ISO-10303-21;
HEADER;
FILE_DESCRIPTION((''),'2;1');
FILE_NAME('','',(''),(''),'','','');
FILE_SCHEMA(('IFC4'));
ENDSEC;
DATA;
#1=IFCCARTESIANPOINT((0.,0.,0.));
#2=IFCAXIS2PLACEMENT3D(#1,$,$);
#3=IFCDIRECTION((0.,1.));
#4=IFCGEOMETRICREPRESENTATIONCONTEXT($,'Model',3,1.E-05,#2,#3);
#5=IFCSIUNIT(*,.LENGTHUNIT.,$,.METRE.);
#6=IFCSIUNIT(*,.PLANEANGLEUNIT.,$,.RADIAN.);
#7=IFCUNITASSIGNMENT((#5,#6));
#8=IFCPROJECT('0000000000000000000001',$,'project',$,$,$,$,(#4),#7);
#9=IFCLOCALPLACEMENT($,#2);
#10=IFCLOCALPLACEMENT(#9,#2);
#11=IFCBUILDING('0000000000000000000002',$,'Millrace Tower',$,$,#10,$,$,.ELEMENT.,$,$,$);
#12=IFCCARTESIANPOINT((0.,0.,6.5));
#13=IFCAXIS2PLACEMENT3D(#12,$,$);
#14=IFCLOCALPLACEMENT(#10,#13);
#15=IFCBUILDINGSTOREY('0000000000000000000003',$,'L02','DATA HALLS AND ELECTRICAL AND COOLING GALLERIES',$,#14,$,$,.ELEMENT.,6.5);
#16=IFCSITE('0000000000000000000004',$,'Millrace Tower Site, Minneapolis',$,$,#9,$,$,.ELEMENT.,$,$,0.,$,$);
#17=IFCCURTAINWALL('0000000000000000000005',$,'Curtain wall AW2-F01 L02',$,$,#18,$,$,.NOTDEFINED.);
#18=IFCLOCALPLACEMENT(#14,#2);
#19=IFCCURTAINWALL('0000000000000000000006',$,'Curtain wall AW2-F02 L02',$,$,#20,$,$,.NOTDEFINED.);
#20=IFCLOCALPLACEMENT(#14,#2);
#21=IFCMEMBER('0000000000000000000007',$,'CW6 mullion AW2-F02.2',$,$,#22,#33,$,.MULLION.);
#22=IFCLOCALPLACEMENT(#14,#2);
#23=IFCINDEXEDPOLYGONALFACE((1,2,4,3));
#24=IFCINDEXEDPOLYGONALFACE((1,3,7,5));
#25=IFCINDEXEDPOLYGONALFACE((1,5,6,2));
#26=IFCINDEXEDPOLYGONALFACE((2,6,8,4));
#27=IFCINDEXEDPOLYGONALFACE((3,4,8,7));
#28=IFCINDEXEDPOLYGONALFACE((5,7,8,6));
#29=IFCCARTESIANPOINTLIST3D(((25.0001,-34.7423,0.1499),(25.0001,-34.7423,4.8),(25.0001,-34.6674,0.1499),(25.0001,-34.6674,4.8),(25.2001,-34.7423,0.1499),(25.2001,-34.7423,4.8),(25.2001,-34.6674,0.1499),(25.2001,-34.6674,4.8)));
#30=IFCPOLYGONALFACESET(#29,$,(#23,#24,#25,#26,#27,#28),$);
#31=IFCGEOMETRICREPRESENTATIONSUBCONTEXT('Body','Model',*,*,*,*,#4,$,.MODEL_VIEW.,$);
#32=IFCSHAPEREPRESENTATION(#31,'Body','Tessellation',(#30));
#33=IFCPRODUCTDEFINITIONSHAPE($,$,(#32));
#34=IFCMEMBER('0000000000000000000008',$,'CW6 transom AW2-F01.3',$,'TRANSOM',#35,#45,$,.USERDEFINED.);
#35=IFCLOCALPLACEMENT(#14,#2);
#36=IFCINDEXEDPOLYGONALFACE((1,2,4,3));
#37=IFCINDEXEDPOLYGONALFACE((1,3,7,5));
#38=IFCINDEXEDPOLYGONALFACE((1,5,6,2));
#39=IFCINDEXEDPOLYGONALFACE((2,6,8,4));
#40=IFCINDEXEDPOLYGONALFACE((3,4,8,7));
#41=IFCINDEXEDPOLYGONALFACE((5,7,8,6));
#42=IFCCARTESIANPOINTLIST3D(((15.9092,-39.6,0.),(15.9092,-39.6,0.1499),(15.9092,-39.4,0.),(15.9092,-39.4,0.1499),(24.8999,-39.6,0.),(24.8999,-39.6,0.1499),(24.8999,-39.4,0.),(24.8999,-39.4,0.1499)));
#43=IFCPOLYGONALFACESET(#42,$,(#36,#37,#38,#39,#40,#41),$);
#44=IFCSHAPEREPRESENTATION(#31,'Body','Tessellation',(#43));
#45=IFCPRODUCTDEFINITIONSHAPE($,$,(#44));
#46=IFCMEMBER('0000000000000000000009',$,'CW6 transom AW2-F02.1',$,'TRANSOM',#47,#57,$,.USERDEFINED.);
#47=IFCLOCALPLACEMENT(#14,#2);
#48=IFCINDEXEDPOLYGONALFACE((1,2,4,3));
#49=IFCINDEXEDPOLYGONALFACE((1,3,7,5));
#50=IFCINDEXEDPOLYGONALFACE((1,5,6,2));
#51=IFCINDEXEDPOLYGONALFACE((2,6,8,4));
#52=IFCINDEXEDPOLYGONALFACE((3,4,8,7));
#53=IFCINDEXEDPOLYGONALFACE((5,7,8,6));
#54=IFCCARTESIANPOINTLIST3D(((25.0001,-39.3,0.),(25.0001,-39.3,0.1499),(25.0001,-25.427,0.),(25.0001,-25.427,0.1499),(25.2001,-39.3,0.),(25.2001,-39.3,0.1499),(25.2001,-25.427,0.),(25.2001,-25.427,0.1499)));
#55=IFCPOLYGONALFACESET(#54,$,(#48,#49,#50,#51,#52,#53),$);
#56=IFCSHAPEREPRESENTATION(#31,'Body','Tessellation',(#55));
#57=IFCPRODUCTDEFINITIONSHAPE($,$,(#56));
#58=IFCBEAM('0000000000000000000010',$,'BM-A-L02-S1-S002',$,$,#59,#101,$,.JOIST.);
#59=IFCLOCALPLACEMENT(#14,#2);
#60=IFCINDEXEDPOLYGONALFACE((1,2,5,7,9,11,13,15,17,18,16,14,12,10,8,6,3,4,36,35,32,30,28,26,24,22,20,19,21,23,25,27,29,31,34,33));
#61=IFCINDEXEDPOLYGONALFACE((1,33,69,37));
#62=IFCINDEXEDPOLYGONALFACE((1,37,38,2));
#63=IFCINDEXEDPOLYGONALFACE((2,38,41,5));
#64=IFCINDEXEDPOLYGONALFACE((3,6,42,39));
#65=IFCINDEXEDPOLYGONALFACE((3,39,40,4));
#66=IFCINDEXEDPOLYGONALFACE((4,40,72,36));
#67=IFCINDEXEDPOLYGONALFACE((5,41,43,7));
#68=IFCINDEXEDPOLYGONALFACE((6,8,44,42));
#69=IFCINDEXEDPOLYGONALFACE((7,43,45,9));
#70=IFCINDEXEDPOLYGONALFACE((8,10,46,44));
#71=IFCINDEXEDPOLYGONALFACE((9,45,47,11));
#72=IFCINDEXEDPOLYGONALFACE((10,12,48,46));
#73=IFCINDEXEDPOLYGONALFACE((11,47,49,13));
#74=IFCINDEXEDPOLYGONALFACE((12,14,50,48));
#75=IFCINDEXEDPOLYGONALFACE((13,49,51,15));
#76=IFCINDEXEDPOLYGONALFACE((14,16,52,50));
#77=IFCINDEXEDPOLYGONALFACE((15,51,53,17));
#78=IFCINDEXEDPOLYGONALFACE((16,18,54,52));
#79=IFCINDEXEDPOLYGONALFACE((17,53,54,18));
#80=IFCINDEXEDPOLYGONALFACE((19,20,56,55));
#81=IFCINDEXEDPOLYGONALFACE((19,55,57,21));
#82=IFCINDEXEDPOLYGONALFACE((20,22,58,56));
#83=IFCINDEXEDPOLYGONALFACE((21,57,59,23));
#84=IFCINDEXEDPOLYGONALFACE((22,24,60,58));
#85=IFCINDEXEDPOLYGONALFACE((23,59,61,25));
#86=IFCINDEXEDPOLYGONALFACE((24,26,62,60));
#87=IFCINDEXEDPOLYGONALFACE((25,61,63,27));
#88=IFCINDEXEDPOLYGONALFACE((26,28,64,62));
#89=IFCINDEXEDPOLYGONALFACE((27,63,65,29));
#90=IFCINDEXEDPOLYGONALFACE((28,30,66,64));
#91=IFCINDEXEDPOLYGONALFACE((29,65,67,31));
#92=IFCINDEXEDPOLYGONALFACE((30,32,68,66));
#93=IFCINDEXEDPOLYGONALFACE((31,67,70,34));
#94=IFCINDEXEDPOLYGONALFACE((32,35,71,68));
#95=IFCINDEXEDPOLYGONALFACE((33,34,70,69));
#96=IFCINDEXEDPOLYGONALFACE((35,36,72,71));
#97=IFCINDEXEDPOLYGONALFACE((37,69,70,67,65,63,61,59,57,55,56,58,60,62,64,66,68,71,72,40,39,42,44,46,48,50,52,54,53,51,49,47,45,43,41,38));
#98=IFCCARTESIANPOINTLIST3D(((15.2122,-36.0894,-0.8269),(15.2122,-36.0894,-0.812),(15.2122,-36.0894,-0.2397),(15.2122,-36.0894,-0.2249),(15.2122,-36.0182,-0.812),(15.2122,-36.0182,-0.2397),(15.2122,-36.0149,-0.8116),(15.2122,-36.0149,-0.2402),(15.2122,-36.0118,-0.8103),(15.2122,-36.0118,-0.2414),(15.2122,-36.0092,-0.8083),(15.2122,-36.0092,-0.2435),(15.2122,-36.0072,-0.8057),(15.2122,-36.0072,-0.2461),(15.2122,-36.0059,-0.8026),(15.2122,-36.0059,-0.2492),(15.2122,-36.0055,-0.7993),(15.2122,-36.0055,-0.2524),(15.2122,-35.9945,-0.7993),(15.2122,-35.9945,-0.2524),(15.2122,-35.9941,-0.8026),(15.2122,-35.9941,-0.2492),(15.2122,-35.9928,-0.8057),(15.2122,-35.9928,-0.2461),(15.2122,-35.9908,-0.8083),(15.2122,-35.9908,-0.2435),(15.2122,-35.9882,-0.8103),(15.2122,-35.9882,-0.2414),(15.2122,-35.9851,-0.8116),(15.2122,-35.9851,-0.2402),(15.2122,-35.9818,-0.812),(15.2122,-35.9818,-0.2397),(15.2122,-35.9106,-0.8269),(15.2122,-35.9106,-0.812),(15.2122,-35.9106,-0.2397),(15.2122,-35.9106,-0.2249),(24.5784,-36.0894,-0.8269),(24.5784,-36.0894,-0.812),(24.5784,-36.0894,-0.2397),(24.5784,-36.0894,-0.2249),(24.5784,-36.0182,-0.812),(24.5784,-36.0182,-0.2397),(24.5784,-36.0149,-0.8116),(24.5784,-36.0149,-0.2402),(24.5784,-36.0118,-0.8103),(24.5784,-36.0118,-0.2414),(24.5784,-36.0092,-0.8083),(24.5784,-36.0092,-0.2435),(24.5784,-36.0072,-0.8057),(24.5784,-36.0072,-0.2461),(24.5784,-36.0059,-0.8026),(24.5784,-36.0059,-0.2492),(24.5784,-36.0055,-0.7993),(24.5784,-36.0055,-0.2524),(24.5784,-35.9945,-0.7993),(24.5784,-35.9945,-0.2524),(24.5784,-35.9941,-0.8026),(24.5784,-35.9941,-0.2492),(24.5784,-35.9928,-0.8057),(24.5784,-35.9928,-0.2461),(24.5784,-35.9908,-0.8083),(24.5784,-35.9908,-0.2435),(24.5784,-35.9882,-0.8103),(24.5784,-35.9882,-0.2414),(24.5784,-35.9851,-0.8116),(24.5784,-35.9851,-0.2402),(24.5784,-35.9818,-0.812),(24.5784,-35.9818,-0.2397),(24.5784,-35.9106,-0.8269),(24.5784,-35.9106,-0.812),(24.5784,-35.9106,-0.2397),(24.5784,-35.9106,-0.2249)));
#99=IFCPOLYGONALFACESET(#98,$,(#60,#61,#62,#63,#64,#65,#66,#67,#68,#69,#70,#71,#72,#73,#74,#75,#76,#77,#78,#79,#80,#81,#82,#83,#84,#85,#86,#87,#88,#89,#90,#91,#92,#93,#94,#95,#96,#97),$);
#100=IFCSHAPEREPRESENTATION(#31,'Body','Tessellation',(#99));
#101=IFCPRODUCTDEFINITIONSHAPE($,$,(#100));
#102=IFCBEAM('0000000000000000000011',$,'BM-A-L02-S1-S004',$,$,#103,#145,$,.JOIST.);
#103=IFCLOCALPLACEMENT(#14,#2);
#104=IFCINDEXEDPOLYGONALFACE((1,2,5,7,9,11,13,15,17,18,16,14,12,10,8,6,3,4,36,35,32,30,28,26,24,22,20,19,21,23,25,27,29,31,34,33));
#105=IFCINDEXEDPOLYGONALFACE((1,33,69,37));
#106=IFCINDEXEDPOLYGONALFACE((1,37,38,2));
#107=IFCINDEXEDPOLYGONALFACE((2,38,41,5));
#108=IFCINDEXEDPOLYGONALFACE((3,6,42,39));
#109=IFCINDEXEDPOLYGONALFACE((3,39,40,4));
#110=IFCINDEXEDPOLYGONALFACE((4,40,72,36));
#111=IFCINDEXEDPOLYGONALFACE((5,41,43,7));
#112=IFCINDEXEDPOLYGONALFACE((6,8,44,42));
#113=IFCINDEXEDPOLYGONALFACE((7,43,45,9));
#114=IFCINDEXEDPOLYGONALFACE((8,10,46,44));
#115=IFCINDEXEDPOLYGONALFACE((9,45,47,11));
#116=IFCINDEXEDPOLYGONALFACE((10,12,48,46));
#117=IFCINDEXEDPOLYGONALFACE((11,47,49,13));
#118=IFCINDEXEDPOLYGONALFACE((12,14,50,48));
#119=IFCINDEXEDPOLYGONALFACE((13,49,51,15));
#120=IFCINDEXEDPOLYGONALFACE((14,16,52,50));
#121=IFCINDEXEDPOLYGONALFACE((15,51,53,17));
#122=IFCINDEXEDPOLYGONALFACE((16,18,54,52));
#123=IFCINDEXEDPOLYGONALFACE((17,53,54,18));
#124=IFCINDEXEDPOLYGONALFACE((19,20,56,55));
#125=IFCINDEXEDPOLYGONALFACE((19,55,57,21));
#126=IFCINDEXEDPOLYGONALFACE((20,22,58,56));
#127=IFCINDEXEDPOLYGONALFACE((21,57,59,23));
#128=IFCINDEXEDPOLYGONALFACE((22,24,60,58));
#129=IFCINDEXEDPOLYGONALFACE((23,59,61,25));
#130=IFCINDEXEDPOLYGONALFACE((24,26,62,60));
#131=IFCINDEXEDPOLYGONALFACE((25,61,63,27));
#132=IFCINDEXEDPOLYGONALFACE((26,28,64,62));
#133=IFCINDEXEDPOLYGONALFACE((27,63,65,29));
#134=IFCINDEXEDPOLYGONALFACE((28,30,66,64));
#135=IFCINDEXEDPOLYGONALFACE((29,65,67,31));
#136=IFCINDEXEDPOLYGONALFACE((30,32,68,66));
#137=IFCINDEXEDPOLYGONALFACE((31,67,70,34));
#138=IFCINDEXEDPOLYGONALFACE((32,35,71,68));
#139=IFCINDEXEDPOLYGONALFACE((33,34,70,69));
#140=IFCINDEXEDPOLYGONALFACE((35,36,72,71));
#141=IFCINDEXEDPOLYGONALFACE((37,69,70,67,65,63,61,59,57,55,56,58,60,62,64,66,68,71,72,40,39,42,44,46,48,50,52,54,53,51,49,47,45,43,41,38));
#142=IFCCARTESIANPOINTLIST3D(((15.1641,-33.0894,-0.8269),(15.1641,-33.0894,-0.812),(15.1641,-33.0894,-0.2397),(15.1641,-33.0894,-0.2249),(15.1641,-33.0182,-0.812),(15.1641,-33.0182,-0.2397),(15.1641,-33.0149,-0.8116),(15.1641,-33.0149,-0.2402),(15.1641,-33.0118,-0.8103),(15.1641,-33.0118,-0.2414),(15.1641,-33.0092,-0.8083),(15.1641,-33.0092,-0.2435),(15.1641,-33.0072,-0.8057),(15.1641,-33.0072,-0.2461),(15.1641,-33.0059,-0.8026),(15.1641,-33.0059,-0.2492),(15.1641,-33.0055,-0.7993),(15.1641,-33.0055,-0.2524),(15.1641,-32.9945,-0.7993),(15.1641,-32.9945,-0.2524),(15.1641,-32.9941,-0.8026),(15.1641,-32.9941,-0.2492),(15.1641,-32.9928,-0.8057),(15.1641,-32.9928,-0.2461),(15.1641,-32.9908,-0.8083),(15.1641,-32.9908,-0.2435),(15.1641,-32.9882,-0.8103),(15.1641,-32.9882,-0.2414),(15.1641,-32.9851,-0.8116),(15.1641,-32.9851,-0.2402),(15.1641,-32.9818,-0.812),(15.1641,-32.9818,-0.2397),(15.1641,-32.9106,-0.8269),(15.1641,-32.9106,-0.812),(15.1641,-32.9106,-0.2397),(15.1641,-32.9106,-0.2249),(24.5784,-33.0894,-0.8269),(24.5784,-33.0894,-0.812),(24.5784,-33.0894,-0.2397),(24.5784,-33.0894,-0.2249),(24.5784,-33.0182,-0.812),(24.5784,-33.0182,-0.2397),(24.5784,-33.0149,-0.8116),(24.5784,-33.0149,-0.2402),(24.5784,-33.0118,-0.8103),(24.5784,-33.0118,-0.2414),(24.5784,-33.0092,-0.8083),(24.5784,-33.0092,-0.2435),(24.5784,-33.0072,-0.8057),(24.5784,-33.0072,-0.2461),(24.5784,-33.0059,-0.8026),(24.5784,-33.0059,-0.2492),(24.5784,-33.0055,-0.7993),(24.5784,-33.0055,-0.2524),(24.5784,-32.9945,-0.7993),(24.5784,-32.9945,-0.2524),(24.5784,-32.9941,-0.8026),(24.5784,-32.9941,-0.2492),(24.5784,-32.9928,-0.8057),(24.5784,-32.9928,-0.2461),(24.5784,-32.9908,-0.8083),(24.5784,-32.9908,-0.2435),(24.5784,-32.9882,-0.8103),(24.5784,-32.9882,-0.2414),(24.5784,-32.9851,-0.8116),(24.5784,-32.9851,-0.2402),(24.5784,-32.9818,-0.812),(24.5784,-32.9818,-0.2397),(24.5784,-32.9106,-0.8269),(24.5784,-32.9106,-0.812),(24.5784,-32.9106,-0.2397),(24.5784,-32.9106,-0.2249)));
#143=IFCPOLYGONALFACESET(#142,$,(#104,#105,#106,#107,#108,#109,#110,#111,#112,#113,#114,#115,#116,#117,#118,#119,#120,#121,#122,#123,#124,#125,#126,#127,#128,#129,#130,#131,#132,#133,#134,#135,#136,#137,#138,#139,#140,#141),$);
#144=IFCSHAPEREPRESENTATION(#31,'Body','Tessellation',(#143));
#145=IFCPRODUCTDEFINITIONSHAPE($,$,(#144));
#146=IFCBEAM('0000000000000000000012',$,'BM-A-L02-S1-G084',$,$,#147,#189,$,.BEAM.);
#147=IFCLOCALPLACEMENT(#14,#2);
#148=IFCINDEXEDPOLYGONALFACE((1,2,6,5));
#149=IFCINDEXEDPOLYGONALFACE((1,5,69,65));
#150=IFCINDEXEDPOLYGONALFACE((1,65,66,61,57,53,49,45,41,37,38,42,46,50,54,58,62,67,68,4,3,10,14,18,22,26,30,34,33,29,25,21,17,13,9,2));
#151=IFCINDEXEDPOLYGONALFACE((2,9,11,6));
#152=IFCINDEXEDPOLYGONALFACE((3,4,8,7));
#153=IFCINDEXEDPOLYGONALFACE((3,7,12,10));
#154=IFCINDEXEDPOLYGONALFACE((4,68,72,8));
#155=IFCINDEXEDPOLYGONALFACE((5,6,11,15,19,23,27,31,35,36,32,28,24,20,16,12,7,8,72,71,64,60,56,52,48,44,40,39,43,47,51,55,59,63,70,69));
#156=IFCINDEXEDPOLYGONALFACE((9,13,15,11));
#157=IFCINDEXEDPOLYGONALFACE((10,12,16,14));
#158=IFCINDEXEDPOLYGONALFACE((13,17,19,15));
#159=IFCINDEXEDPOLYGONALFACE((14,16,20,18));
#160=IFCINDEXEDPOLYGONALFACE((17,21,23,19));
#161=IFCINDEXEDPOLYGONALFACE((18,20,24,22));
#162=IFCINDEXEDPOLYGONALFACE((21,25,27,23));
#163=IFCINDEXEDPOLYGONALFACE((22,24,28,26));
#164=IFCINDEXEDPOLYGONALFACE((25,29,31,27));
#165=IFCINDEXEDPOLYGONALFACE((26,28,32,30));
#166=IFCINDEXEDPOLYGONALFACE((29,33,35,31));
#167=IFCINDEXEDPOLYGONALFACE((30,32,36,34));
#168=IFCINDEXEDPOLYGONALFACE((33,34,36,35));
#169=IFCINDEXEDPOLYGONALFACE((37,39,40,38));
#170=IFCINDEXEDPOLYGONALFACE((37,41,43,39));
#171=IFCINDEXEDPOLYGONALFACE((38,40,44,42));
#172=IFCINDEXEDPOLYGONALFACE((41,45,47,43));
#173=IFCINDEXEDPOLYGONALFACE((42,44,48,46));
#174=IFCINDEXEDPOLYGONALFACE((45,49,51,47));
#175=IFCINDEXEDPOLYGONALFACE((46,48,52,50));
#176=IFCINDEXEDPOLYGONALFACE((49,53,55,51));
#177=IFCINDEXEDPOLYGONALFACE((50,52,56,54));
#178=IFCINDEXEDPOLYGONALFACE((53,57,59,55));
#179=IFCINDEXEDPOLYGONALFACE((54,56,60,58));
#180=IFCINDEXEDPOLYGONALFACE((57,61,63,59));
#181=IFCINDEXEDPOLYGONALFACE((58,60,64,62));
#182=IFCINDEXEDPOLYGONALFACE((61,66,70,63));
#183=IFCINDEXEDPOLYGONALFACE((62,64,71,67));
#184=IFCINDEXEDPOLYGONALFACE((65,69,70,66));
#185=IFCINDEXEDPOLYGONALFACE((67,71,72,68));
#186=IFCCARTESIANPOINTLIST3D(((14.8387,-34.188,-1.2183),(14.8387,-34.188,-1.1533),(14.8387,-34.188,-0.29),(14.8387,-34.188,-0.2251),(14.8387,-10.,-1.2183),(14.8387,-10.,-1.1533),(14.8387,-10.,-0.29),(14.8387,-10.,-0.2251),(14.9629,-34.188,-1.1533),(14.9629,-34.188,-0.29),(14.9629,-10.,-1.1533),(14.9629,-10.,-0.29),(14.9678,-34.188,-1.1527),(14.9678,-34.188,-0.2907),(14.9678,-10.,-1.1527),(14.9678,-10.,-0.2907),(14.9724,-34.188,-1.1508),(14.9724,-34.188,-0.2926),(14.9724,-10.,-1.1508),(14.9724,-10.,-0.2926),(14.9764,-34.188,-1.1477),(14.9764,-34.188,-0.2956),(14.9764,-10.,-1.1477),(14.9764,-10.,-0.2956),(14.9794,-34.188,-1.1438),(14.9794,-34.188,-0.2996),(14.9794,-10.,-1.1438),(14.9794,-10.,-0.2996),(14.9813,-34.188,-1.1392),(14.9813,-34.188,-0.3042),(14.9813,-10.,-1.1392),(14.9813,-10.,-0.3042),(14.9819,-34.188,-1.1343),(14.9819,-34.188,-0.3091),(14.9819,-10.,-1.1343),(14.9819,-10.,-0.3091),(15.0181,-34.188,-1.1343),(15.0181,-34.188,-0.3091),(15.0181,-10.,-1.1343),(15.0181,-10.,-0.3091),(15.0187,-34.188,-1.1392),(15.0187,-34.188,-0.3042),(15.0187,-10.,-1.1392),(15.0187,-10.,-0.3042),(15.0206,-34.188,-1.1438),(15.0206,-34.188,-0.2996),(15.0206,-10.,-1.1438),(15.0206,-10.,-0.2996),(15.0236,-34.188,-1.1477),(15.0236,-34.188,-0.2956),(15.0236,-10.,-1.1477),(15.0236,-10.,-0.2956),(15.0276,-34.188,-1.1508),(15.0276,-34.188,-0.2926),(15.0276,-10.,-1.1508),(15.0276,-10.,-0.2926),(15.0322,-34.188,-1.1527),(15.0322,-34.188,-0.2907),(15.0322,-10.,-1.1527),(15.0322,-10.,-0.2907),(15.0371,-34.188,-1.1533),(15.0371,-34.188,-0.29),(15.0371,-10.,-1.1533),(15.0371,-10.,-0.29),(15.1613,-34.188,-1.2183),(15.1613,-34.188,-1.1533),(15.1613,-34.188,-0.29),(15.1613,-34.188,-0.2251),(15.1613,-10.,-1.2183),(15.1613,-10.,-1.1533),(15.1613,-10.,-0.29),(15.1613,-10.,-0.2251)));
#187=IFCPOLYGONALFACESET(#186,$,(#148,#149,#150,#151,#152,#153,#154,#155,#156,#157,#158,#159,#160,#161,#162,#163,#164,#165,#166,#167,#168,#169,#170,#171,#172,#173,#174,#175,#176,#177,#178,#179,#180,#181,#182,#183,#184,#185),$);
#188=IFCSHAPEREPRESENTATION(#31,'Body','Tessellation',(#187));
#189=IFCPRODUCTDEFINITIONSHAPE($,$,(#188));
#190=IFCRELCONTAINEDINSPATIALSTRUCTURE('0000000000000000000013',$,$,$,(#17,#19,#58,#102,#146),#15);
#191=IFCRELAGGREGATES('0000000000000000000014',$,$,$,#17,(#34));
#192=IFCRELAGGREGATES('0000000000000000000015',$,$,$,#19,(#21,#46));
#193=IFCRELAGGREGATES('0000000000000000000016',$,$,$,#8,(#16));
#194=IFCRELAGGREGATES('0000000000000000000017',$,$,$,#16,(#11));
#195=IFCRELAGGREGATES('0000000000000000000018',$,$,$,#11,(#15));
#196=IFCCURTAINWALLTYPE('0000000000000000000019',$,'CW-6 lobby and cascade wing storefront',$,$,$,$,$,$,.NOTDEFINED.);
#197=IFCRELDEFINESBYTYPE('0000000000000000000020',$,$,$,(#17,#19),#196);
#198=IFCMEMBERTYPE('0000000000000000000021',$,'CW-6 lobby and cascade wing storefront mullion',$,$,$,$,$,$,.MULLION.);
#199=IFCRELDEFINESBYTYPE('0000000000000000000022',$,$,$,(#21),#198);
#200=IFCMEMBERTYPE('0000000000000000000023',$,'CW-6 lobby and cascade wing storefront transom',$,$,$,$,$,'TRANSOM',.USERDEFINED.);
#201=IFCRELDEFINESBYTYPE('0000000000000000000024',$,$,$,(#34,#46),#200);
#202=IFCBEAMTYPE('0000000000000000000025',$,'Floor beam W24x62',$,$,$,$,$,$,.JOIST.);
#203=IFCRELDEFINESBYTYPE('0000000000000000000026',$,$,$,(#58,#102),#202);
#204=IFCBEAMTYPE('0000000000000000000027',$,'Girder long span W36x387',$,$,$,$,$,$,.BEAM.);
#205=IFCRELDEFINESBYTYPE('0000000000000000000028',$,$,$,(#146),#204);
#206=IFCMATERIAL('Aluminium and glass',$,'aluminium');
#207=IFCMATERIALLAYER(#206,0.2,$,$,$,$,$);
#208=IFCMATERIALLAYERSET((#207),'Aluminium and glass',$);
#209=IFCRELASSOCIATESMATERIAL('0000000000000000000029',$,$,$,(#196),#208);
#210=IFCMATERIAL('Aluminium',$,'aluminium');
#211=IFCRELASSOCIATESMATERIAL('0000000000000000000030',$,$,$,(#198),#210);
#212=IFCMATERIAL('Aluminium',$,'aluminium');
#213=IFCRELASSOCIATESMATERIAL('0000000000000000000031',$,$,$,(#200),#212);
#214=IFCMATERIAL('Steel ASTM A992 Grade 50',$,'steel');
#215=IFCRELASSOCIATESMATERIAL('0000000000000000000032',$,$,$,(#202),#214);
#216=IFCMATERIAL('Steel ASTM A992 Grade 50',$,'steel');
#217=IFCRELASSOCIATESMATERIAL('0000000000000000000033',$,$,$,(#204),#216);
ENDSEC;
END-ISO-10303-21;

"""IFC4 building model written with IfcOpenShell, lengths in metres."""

from ifc_helpers import new_model, si_unit, direction, frame, origin, origin_2d, place, context, subcontext, project, spatial, rectangle, i_section, extrude, material, layer, layer_set, material_profile, profile_set, type_object, element, aggregate, save


model = new_model("IFC4")

# Units and contexts
model_context = context("Model", 3, precision=1e-05, world=origin(), true_north=direction((0.0, 1.0)))
body_context = subcontext(model_context, "Body", "Model", "MODEL_VIEW")
ifc_project = project(units=[si_unit("LENGTHUNIT", "METRE"), si_unit("PLANEANGLEUNIT", "RADIAN")], contexts=[model_context])

# Site, building, storey
site_placement = place(None, origin())
site = spatial("IfcSite", under=ifc_project, at=site_placement, Name="Millrace Tower Site, Minneapolis", CompositionType="ELEMENT", RefElevation=0.0)
building_placement = place(site_placement, origin())
building = spatial("IfcBuilding", under=site, at=building_placement, Name="Millrace Tower", CompositionType="ELEMENT")
storey_placement = place(building_placement, frame((0.0, 0.0, 6.5)))
storey = spatial("IfcBuildingStorey", under=building, at=storey_placement, Name="L02", Description="DATA HALLS AND ELECTRICAL AND COOLING GALLERIES", CompositionType="ELEMENT", Elevation=6.5)

# Curtain walls, member
ifc_material_1 = material(Name="Aluminium and glass", Category="aluminium")
ifc_layer_1 = layer(ifc_material_1, 0.2)
ifc_layer_set_1 = layer_set([ifc_layer_1], Name="Aluminium and glass")
curtain_wall_type = type_object("IfcCurtainWallType", Name="CW-6 lobby and cascade wing storefront", PredefinedType="NOTDEFINED", material=ifc_layer_set_1)
placement_1 = place(storey_placement, origin())
curtain_wall_1 = element("IfcCurtainWall", 1, at=placement_1, inside=storey, type_object=curtain_wall_type, Name="Curtain wall AW2-F01 L02", PredefinedType="NOTDEFINED")
ifc_material_2 = material(Name="Aluminium", Category="aluminium")
ifc_material_profile_1 = material_profile(ifc_material_2, rectangle(XDim=0.075, YDim=0.2, at=origin_2d()))
ifc_profile_set_1 = profile_set([ifc_material_profile_1], Name="Aluminium")
member_type_1 = type_object("IfcMemberType", Name="CW-6 lobby and cascade wing storefront mullion", PredefinedType="MULLION", material=ifc_profile_set_1)
curtain_wall_2 = element("IfcCurtainWall", 2, at=placement_1, inside=storey, type_object=curtain_wall_type, Name="Curtain wall AW2-F02 L02", PredefinedType="NOTDEFINED")
member_1_placement = place(storey_placement, frame((25.1001, -34.7048, 0.1499), z_axis=(0.0, 0.0, 1.0), x_axis=(0.0, 1.0, 0.0)))
member_1 = element("IfcMember", 3, at=member_1_placement, type_object=member_type_1, Name="CW6 mullion AW2-F02.2", PredefinedType="MULLION", context=body_context, shape_type="SweptSolid", body=[
    extrude(rectangle(XDim=0.075, YDim=0.2, at=origin_2d()), origin(), (0.0, 0.0, 1.0), 4.6501),
])

# Members
ifc_material_3 = material(Name="Aluminium", Category="aluminium")
ifc_material_profile_2 = material_profile(ifc_material_3, rectangle(XDim=0.2, YDim=0.1499, at=origin_2d()))
ifc_profile_set_2 = profile_set([ifc_material_profile_2], Name="Aluminium")
member_type_2 = type_object("IfcMemberType", Name="CW-6 lobby and cascade wing storefront transom", ElementType="TRANSOM", PredefinedType="USERDEFINED", material=ifc_profile_set_2)
member_2_placement = place(storey_placement, frame((15.9092, -39.5, 0.075), z_axis=(1.0, 0.0, 0.0), x_axis=(0.0, 1.0, 0.0)))
member_2 = element("IfcMember", 4, at=member_2_placement, type_object=member_type_2, Name="CW6 transom AW2-F01.3", ObjectType="TRANSOM", PredefinedType="USERDEFINED", context=body_context, shape_type="SweptSolid", body=[
    extrude(rectangle(XDim=0.2, YDim=0.1499, at=origin_2d()), origin(), (0.0, 0.0, 1.0), 8.9907),
])
aggregate(curtain_wall_1, [member_2])
member_3_placement = place(storey_placement, frame((25.1001, -39.3, 0.075), z_axis=(0.0, 1.0, 0.0), x_axis=(-1.0, 0.0, 0.0)))
member_3 = element("IfcMember", 5, at=member_3_placement, type_object=member_type_2, Name="CW6 transom AW2-F02.1", ObjectType="TRANSOM", PredefinedType="USERDEFINED", context=body_context, shape_type="SweptSolid", body=[
    extrude(rectangle(XDim=0.2, YDim=0.1499, at=origin_2d()), origin(), (0.0, 0.0, 1.0), 13.873),
])
aggregate(curtain_wall_2, [member_1, member_3])

# Beams
ifc_material_4 = material(Name="Steel ASTM A992 Grade 50", Category="steel")
ifc_material_profile_3 = material_profile(ifc_material_4, i_section(OverallWidth=0.1787, OverallDepth=0.6021, WebThickness=0.011, FlangeThickness=0.0149, FilletRadius=0.0127, at=origin_2d()))
ifc_profile_set_3 = profile_set([ifc_material_profile_3], Name="Steel ASTM A992 Grade 50")
beam_type_1 = type_object("IfcBeamType", Name="Floor beam W24x62", PredefinedType="JOIST", material=ifc_profile_set_3)
beam_1_placement = place(storey_placement, frame((15.2122, -36.0, -0.5259), z_axis=(1.0, 0.0, 0.0), x_axis=(0.0, 1.0, 0.0)))
element("IfcBeam", 6, at=beam_1_placement, inside=storey, type_object=beam_type_1, Name="BM-A-L02-S1-S002", PredefinedType="JOIST", context=body_context, shape_type="SweptSolid", body=[
    extrude(i_section(OverallWidth=0.1787, OverallDepth=0.6021, WebThickness=0.011, FlangeThickness=0.0149, FilletRadius=0.0127, at=origin_2d()), origin(), (0.0, 0.0, 1.0), 9.3662),
])
beam_2_placement = place(storey_placement, frame((15.1641, -33.0, -0.5259), z_axis=(1.0, 0.0, 0.0), x_axis=(0.0, 1.0, 0.0)))
element("IfcBeam", 7, at=beam_2_placement, inside=storey, type_object=beam_type_1, Name="BM-A-L02-S1-S004", PredefinedType="JOIST", context=body_context, shape_type="SweptSolid", body=[
    extrude(i_section(OverallWidth=0.1787, OverallDepth=0.6021, WebThickness=0.011, FlangeThickness=0.0149, FilletRadius=0.0127, at=origin_2d()), origin(), (0.0, 0.0, 1.0), 9.4143),
])
ifc_material_5 = material(Name="Steel ASTM A992 Grade 50", Category="steel")
ifc_material_profile_4 = material_profile(ifc_material_5, i_section(OverallWidth=0.3225, OverallDepth=0.9932, WebThickness=0.0361, FlangeThickness=0.0649, FilletRadius=0.019, at=origin_2d()))
ifc_profile_set_4 = profile_set([ifc_material_profile_4], Name="Steel ASTM A992 Grade 50")
beam_type_2 = type_object("IfcBeamType", Name="Girder long span W36x387", PredefinedType="BEAM", material=ifc_profile_set_4)
beam_3_placement = place(storey_placement, frame((15.0, -34.188, -0.7217), z_axis=(0.0, 1.0, 0.0), x_axis=(-1.0, 0.0, 0.0)))
element("IfcBeam", 8, at=beam_3_placement, inside=storey, type_object=beam_type_2, Name="BM-A-L02-S1-G084", PredefinedType="BEAM", context=body_context, shape_type="SweptSolid", body=[
    extrude(i_section(OverallWidth=0.3225, OverallDepth=0.9932, WebThickness=0.0361, FlangeThickness=0.0649, FilletRadius=0.019, at=origin_2d()), origin(), (0.0, 0.0, 1.0), 24.188),
])

save(model, "model.ifc")
